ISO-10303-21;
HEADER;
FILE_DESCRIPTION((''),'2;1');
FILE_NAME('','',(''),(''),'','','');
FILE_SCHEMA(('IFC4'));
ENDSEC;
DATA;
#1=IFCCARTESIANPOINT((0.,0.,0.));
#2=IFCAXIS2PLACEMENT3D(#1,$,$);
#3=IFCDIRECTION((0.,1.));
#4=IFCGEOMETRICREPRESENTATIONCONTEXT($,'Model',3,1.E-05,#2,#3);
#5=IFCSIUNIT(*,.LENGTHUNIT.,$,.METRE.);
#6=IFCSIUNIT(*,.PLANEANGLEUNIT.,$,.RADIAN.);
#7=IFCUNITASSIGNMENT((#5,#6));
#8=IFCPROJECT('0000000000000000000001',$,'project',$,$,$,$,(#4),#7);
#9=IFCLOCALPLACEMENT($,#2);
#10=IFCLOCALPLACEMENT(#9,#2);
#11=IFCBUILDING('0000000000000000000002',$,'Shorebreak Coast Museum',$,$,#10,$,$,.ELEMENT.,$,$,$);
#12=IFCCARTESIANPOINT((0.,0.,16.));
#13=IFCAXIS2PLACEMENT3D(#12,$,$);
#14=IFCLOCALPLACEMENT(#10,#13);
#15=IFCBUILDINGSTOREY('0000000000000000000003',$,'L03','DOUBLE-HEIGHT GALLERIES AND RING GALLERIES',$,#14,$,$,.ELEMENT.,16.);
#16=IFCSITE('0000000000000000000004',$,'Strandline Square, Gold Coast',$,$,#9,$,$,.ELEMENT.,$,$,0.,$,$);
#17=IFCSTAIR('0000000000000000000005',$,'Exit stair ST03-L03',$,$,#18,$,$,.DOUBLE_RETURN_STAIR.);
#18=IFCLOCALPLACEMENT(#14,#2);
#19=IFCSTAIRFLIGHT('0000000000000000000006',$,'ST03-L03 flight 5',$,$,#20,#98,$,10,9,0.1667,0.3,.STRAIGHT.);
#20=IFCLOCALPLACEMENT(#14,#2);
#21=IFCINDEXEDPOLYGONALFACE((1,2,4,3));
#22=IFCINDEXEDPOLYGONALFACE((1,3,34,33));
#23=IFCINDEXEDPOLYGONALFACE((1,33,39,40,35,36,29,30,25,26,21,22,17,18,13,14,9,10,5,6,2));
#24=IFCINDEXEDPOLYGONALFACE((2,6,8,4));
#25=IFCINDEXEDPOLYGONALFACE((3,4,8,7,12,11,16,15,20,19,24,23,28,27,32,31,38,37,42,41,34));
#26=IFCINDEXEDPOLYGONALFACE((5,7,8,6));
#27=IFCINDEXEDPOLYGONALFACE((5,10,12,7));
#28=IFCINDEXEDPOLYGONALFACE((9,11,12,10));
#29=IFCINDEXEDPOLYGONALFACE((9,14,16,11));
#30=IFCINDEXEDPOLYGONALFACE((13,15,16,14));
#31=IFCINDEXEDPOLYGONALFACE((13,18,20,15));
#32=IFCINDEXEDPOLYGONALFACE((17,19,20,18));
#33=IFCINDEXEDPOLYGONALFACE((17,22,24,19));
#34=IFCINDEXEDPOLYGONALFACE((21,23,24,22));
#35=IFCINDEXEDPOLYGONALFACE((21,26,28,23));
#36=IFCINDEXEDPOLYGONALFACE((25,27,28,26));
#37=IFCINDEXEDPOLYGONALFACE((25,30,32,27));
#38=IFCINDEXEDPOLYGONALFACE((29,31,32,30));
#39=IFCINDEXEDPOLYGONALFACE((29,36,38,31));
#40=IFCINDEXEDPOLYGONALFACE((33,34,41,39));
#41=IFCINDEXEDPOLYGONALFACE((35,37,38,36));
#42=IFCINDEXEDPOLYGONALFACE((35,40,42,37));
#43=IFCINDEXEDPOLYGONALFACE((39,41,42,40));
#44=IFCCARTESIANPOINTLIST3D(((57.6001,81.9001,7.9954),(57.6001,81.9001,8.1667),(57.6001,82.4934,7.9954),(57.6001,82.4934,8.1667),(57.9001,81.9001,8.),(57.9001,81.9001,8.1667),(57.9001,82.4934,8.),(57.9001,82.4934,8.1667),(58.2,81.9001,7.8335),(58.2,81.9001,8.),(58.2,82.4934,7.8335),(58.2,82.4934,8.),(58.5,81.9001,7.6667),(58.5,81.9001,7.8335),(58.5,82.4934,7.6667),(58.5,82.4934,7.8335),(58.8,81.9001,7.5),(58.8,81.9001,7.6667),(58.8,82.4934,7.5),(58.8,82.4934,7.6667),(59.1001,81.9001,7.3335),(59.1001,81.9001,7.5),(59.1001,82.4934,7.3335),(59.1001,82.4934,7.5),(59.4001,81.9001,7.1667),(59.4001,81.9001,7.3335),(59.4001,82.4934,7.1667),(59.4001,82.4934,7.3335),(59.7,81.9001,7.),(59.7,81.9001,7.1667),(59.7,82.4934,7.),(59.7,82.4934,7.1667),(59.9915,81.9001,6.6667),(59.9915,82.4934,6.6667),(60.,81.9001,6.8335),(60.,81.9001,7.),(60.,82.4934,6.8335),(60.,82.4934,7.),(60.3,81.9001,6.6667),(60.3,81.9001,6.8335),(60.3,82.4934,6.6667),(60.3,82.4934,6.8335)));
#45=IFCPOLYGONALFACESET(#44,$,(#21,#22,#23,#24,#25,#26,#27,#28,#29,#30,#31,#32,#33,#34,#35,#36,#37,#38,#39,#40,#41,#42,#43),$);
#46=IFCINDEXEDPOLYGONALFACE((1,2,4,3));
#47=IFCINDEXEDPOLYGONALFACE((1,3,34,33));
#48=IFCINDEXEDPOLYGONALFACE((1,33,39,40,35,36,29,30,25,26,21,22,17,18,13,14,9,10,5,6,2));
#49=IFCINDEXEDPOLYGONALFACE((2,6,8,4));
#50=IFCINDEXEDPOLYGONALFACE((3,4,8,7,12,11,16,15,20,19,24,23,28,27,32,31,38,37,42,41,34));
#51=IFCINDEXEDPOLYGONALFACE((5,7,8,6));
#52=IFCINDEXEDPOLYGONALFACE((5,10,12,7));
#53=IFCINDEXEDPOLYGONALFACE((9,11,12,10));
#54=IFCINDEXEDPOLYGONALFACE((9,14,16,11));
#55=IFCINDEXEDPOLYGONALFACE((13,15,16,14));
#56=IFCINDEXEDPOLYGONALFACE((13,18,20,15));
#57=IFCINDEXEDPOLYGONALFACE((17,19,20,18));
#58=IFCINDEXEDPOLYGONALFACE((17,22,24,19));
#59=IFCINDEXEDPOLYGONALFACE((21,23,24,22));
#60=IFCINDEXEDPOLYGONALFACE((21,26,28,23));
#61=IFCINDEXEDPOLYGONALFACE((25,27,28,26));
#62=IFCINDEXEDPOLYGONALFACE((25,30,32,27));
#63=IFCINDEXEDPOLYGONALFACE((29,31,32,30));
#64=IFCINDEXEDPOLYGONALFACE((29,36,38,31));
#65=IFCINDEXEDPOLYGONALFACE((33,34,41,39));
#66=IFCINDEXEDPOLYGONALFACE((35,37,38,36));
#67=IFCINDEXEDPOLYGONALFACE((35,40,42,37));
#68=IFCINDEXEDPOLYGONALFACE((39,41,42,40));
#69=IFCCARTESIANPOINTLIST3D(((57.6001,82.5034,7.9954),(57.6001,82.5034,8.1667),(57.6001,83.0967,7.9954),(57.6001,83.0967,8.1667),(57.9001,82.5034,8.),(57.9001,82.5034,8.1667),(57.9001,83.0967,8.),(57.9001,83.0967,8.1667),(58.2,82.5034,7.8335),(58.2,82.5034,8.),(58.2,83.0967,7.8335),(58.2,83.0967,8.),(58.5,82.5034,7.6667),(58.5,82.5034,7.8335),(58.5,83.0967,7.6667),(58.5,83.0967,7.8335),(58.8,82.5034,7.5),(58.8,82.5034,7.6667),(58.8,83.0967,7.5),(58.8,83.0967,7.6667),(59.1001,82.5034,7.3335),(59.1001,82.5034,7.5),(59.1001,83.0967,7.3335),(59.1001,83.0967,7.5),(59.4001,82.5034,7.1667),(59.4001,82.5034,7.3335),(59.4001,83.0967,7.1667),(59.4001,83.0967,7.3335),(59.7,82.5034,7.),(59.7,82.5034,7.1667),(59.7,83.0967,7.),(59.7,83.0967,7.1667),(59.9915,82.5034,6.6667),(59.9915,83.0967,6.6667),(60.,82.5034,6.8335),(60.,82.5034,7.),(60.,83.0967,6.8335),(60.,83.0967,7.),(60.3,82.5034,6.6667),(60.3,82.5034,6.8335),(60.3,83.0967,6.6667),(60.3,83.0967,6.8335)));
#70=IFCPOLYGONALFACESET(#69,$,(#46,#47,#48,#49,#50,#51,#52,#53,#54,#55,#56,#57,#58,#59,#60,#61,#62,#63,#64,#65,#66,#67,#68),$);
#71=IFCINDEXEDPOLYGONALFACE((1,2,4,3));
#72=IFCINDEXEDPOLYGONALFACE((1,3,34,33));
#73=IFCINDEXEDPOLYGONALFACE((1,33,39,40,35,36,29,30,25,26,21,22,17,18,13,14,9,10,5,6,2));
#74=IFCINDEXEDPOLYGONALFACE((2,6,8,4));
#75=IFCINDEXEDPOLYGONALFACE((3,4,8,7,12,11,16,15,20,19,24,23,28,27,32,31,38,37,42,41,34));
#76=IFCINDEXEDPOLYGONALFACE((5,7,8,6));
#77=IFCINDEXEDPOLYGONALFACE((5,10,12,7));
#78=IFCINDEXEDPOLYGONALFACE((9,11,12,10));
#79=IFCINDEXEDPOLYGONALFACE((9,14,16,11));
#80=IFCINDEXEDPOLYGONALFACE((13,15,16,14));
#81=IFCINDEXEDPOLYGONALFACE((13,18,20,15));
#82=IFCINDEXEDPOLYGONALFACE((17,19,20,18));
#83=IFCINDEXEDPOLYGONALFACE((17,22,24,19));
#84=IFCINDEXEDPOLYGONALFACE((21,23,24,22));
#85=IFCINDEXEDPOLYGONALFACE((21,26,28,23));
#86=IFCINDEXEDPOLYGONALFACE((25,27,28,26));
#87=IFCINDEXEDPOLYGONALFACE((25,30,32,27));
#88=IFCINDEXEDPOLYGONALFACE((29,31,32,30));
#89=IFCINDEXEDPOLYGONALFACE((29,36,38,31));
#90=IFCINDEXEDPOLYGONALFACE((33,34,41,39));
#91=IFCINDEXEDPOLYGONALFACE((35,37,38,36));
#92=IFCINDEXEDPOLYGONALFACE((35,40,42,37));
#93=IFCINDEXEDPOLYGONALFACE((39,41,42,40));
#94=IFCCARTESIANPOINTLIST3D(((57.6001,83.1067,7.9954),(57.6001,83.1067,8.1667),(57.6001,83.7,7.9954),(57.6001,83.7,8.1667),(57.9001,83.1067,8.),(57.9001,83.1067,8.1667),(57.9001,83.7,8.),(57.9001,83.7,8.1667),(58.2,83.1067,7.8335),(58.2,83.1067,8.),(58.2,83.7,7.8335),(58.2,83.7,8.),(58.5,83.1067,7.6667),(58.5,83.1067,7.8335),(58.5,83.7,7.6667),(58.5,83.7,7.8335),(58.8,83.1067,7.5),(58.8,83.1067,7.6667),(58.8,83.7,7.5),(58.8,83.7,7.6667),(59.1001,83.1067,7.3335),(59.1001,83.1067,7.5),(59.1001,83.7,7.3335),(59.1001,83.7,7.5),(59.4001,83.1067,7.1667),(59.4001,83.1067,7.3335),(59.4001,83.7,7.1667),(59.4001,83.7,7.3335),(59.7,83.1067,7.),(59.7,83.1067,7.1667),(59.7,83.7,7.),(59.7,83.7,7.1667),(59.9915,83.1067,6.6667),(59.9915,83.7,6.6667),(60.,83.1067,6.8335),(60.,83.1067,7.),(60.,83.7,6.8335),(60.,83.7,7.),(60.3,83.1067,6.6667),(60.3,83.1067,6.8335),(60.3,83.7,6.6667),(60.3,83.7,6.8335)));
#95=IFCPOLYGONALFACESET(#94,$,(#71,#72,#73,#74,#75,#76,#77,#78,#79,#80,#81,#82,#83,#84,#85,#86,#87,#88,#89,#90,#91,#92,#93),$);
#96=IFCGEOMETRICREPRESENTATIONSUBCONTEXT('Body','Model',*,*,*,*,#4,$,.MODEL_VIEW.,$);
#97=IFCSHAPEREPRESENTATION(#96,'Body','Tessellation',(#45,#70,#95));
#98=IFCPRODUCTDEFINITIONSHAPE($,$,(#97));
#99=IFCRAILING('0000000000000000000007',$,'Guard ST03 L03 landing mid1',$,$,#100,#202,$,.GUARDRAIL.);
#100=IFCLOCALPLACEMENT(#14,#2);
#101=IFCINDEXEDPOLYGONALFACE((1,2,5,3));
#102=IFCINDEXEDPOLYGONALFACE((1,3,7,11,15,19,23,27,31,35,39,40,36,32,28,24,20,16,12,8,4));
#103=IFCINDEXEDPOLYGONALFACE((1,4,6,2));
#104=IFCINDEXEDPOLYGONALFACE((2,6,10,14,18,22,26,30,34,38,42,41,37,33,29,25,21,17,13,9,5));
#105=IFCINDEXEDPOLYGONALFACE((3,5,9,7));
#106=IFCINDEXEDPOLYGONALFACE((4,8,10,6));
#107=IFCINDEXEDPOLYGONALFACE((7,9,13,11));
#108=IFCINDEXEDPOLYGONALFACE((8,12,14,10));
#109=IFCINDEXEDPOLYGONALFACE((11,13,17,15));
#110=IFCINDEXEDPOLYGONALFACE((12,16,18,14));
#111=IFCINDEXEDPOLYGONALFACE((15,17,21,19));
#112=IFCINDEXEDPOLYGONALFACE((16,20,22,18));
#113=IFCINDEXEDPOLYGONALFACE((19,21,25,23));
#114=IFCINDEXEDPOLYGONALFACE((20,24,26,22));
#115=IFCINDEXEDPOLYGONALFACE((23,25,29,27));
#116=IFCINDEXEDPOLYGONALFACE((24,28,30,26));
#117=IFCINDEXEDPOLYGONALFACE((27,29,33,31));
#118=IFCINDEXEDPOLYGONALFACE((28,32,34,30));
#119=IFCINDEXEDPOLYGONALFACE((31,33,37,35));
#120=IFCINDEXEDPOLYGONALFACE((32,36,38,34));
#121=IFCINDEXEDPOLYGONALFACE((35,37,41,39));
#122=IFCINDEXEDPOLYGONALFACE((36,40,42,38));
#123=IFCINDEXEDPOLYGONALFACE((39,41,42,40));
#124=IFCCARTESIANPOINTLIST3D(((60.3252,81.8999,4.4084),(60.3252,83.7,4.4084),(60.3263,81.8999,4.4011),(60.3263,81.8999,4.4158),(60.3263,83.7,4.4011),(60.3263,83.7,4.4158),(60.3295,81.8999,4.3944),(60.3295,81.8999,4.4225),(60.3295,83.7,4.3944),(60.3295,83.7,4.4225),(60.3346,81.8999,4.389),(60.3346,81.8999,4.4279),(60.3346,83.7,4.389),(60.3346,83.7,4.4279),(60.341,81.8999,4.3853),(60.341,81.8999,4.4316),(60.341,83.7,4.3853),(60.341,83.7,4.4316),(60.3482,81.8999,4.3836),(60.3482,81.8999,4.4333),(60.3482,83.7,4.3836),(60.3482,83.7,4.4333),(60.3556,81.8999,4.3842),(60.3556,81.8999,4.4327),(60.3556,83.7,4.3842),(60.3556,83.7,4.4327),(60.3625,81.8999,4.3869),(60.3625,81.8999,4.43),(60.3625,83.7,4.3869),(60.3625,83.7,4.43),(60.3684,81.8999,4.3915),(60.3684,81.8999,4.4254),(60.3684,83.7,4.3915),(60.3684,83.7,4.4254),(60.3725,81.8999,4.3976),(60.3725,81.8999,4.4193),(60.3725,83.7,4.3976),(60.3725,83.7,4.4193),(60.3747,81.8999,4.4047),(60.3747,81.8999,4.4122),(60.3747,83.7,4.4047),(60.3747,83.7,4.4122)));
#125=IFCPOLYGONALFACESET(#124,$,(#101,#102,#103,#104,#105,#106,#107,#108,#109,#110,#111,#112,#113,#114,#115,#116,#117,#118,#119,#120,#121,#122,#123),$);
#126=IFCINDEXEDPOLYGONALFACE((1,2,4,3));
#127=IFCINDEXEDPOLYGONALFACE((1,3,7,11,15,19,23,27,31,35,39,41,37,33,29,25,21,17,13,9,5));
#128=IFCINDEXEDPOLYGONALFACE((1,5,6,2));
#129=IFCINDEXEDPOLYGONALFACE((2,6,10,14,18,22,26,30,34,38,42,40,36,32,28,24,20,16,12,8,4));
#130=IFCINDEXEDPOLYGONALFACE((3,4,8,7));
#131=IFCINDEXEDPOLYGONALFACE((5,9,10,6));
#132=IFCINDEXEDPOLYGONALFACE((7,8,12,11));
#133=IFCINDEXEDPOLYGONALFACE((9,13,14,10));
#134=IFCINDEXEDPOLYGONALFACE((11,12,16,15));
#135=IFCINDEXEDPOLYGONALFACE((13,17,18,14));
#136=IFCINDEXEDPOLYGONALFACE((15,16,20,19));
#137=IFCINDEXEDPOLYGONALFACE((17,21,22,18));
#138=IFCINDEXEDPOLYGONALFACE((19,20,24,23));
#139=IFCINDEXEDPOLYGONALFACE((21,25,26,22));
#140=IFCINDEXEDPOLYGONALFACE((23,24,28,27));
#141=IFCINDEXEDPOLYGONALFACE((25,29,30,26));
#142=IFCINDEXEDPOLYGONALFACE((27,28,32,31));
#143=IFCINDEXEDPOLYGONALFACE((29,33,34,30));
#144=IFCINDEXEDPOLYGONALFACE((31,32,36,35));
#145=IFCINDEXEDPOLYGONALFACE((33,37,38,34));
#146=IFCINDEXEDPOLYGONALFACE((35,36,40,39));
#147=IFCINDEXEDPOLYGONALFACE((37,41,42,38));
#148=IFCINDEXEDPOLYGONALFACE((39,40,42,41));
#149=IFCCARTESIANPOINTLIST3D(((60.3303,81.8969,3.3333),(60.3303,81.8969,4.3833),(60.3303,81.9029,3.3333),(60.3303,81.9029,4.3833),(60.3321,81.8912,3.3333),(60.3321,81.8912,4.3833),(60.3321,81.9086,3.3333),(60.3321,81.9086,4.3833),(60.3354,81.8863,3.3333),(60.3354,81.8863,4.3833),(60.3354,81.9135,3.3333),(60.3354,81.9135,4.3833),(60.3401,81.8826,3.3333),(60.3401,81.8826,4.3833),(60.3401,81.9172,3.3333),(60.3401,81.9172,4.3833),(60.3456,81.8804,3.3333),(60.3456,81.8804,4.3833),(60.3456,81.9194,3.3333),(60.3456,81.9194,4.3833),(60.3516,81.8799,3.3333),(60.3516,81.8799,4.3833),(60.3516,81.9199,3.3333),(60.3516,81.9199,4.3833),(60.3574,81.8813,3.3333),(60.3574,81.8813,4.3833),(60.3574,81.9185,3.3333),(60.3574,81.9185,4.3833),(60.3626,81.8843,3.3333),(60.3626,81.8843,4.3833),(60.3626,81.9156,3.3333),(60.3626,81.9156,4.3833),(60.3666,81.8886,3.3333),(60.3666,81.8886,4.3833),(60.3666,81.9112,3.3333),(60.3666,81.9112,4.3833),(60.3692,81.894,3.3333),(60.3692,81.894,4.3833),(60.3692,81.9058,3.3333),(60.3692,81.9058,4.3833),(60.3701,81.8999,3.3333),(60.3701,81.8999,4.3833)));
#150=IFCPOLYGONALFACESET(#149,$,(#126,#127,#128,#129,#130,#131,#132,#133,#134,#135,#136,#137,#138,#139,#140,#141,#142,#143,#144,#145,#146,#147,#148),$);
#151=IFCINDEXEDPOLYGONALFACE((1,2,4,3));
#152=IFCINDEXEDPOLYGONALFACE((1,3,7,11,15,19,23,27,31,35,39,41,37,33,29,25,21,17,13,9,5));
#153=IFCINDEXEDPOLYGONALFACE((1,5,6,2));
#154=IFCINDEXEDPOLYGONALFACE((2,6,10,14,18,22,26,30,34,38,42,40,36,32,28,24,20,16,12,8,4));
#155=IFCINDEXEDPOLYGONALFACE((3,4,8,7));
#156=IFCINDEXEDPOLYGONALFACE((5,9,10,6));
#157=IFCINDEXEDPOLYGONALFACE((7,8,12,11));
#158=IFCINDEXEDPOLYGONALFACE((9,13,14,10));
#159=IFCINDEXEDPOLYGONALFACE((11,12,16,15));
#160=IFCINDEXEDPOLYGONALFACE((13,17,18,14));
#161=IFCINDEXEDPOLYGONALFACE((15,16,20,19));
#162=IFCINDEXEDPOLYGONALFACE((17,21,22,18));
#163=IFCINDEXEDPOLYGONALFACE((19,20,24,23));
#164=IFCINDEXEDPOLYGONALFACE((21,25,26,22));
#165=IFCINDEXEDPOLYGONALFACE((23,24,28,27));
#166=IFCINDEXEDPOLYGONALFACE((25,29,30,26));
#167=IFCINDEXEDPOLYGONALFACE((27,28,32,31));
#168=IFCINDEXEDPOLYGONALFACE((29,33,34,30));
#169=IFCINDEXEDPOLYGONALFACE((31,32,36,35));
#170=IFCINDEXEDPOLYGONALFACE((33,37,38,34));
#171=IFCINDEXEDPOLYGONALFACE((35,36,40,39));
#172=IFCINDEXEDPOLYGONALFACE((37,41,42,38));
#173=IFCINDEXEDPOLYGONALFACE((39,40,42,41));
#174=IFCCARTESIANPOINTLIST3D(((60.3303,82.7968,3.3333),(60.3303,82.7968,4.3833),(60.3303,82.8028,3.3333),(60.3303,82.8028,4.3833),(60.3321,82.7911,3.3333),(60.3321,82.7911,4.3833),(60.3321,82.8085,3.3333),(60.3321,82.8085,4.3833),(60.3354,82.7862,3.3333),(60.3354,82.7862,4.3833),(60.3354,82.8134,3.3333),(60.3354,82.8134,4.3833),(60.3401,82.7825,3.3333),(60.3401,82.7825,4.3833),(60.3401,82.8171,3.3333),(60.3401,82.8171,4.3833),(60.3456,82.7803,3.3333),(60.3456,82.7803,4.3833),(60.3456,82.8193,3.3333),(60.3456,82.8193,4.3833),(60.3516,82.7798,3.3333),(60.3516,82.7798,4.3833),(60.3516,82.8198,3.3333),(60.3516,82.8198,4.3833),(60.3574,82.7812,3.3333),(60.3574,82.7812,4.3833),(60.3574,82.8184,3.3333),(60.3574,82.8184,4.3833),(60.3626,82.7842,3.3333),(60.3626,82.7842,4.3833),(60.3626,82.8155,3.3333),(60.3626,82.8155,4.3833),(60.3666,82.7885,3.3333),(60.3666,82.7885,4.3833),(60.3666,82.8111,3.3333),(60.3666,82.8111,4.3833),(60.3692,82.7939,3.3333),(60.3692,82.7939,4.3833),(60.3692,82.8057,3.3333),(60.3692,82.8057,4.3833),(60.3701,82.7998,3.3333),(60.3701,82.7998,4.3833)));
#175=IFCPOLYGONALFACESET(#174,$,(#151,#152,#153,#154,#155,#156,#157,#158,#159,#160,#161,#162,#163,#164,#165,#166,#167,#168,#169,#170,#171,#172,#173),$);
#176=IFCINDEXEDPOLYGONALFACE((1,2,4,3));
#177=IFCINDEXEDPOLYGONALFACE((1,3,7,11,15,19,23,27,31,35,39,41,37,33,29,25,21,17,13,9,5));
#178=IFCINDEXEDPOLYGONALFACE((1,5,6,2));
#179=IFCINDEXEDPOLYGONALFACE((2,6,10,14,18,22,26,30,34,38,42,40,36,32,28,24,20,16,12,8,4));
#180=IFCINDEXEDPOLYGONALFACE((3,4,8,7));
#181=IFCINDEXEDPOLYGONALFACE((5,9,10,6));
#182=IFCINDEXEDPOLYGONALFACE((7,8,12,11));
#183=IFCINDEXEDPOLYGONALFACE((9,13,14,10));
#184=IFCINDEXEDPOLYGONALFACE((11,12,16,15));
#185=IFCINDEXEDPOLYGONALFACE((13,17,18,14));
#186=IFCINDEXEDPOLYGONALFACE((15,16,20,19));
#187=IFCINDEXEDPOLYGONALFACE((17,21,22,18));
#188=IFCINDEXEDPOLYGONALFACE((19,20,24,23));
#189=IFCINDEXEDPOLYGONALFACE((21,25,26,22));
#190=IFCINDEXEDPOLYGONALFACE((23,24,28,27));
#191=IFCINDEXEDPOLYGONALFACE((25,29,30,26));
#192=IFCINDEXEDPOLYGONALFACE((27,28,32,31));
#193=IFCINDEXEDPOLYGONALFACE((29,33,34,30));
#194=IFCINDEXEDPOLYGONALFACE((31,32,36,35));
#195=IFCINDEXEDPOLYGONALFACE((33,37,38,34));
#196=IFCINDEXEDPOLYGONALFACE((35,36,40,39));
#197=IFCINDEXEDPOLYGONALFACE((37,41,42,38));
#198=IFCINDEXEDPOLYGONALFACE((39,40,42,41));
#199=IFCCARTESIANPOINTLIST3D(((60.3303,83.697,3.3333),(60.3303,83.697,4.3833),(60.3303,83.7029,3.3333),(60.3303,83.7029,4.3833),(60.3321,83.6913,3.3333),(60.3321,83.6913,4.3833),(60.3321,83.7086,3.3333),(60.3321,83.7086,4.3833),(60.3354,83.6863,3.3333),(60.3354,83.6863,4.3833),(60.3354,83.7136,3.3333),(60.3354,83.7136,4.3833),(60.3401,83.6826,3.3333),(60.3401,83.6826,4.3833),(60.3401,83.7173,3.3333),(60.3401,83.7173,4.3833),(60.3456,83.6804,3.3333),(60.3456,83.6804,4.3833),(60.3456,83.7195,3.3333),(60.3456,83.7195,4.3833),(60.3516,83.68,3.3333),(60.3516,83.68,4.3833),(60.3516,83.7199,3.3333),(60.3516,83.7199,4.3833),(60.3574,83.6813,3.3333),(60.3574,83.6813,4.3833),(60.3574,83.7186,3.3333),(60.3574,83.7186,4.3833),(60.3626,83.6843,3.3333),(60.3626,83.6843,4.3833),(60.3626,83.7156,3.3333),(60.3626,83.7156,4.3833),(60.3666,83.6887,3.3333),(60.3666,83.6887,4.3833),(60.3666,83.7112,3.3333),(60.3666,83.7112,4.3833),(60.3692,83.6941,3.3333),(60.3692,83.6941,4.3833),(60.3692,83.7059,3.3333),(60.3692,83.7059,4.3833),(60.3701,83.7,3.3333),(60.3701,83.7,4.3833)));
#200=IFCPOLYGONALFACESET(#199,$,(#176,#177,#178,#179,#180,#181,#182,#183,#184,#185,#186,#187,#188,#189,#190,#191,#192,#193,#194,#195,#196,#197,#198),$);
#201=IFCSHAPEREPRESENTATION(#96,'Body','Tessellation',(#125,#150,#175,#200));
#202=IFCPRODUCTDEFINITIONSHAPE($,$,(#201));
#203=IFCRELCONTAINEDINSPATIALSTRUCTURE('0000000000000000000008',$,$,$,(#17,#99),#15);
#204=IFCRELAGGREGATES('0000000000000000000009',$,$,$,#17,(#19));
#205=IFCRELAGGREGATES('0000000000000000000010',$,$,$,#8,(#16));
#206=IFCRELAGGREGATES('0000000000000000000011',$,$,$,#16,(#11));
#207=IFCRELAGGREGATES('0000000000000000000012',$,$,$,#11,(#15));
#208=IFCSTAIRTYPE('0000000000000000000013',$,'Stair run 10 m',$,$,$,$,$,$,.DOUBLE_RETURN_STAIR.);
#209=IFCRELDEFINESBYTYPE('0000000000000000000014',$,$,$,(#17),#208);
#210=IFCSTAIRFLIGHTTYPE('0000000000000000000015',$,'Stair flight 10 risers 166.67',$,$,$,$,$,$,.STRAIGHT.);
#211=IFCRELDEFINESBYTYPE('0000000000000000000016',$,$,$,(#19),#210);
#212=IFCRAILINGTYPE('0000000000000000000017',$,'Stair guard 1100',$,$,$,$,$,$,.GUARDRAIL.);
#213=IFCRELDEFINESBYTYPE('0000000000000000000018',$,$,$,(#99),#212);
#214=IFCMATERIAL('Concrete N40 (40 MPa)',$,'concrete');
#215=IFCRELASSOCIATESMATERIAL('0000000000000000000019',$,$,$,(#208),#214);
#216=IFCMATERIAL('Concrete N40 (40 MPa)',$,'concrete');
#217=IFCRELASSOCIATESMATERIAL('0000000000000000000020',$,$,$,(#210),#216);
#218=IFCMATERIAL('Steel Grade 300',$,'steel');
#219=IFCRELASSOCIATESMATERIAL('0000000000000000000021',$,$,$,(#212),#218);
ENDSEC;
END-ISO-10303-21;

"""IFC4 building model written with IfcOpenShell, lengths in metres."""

from ifc_helpers import new_model, si_unit, direction, frame, origin, origin_2d, place, context, subcontext, project, spatial, polyline, circle, outline, extrude, material, type_object, element, aggregate, save


model = new_model("IFC4")

# Units and contexts
model_context = context("Model", 3, precision=1e-05, world=origin(), true_north=direction((0.0, 1.0)))
body_context = subcontext(model_context, "Body", "Model", "MODEL_VIEW")
ifc_project = project(units=[si_unit("LENGTHUNIT", "METRE"), si_unit("PLANEANGLEUNIT", "RADIAN")], contexts=[model_context])

# Site, building, storey
site_placement = place(None, origin())
site = spatial("IfcSite", under=ifc_project, at=site_placement, Name="Strandline Square, Gold Coast", CompositionType="ELEMENT", RefElevation=0.0)
building_placement = place(site_placement, origin())
building = spatial("IfcBuilding", under=site, at=building_placement, Name="Shorebreak Coast Museum", CompositionType="ELEMENT")
storey_placement = place(building_placement, frame((0.0, 0.0, 16.0)))
storey = spatial("IfcBuildingStorey", under=building, at=storey_placement, Name="L03", Description="DOUBLE-HEIGHT GALLERIES AND RING GALLERIES", CompositionType="ELEMENT", Elevation=16.0)

# Stair, stair flight
ifc_material_1 = material(Name="Concrete N40 (40 MPa)", Category="concrete")
stair_type = type_object("IfcStairType", Name="Stair run 10 m", PredefinedType="DOUBLE_RETURN_STAIR", material=ifc_material_1)
stair_placement = place(storey_placement, origin())
stair = element("IfcStair", 1, at=stair_placement, inside=storey, type_object=stair_type, Name="Exit stair ST03-L03", PredefinedType="DOUBLE_RETURN_STAIR")
ifc_material_2 = material(Name="Concrete N40 (40 MPa)", Category="concrete")
stair_flight_type = type_object("IfcStairFlightType", Name="Stair flight 10 risers 166.67", PredefinedType="STRAIGHT", material=ifc_material_2)
stair_flight_1_placement = place(storey_placement, frame((60.3, 82.8, 6.6667), z_axis=(0.0, 0.0, 1.0), x_axis=(-1.0, 0.0, 0.0)))
stair_flight_1 = element("IfcStairFlight", 2, at=stair_flight_1_placement, type_object=stair_flight_type, Name="ST03-L03 flight 5", NumberOfRisers=10, NumberOfTreads=9, PredefinedType="STRAIGHT", RiserHeight=0.1667, TreadLength=0.3, context=body_context, shape_type="SweptSolid", body=[
    extrude(outline(polyline([(0.0, 0.0), (0.0, 0.1667), (0.3, 0.1667), (0.3, 0.3333), (0.6001, 0.3333), (0.6001, 0.5), (0.8999, 0.5), (0.8999, 0.6667), (1.2, 0.6667), (1.2, 0.8333), (1.5, 0.8333), (1.5, 1.0), (1.8, 1.0), (1.8, 1.1667), (2.1001, 1.1667), (2.1001, 1.3333), (2.3999, 1.3333), (2.3999, 1.5), (2.7, 1.5), (2.7, 1.6667), (2.7, 1.3286), (0.3086, 0.0), (0.0, 0.0)])), frame((0.0, 0.8999, 0.0), z_axis=(0.0, -1.0, 0.0), x_axis=(1.0, 0.0, 0.0)), (0.0, 0.0, 1.0), 0.5933),
    extrude(outline(polyline([(0.0, 0.0), (0.0, 0.1667), (0.3, 0.1667), (0.3, 0.3333), (0.6001, 0.3333), (0.6001, 0.5), (0.8999, 0.5), (0.8999, 0.6667), (1.2, 0.6667), (1.2, 0.8333), (1.5, 0.8333), (1.5, 1.0), (1.8, 1.0), (1.8, 1.1667), (2.1001, 1.1667), (2.1001, 1.3333), (2.3999, 1.3333), (2.3999, 1.5), (2.7, 1.5), (2.7, 1.6667), (2.7, 1.3286), (0.3086, 0.0), (0.0, 0.0)])), frame((0.0, 0.2966, 0.0), z_axis=(0.0, -1.0, 0.0), x_axis=(1.0, 0.0, 0.0)), (0.0, 0.0, 1.0), 0.5933),
    extrude(outline(polyline([(0.0, 0.0), (0.0, 0.1667), (0.3, 0.1667), (0.3, 0.3333), (0.6001, 0.3333), (0.6001, 0.5), (0.8999, 0.5), (0.8999, 0.6667), (1.2, 0.6667), (1.2, 0.8333), (1.5, 0.8333), (1.5, 1.0), (1.8, 1.0), (1.8, 1.1667), (2.1001, 1.1667), (2.1001, 1.3333), (2.3999, 1.3333), (2.3999, 1.5), (2.7, 1.5), (2.7, 1.6667), (2.7, 1.3286), (0.3086, 0.0), (0.0, 0.0)])), frame((0.0, -0.3066, 0.0), z_axis=(0.0, -1.0, 0.0), x_axis=(1.0, 0.0, 0.0)), (0.0, 0.0, 1.0), 0.5933),
])
aggregate(stair, [stair_flight_1])

# Railing
ifc_material_3 = material(Name="Steel Grade 300", Category="steel")
railing_type_1 = type_object("IfcRailingType", Name="Stair guard 1100", PredefinedType="GUARDRAIL", material=ifc_material_3)
railing_placement = place(storey_placement, frame((60.3501, 81.8999, 3.3333)))
element("IfcRailing", 3, at=railing_placement, inside=storey, type_object=railing_type_1, Name="Guard ST03 L03 landing mid1", PredefinedType="GUARDRAIL", context=body_context, shape_type="SweptSolid", body=[
    extrude(circle(Radius=0.0249, at=origin_2d()), frame((0.0, 0.0, 1.0752), z_axis=(0.0, 1.0, 0.0), x_axis=(-1.0, 0.0, 0.0)), (0.0, 0.0, 1.0), 1.8),
    extrude(circle(Radius=0.02, at=origin_2d()), origin(), (0.0, 0.0, 1.0), 1.05),
    extrude(circle(Radius=0.02, at=origin_2d()), frame((0.0, 0.8999, 0.0)), (0.0, 0.0, 1.0), 1.05),
    extrude(circle(Radius=0.02, at=origin_2d()), frame((0.0, 1.8, 0.0)), (0.0, 0.0, 1.0), 1.05),
])

save(model, "model.ifc")
